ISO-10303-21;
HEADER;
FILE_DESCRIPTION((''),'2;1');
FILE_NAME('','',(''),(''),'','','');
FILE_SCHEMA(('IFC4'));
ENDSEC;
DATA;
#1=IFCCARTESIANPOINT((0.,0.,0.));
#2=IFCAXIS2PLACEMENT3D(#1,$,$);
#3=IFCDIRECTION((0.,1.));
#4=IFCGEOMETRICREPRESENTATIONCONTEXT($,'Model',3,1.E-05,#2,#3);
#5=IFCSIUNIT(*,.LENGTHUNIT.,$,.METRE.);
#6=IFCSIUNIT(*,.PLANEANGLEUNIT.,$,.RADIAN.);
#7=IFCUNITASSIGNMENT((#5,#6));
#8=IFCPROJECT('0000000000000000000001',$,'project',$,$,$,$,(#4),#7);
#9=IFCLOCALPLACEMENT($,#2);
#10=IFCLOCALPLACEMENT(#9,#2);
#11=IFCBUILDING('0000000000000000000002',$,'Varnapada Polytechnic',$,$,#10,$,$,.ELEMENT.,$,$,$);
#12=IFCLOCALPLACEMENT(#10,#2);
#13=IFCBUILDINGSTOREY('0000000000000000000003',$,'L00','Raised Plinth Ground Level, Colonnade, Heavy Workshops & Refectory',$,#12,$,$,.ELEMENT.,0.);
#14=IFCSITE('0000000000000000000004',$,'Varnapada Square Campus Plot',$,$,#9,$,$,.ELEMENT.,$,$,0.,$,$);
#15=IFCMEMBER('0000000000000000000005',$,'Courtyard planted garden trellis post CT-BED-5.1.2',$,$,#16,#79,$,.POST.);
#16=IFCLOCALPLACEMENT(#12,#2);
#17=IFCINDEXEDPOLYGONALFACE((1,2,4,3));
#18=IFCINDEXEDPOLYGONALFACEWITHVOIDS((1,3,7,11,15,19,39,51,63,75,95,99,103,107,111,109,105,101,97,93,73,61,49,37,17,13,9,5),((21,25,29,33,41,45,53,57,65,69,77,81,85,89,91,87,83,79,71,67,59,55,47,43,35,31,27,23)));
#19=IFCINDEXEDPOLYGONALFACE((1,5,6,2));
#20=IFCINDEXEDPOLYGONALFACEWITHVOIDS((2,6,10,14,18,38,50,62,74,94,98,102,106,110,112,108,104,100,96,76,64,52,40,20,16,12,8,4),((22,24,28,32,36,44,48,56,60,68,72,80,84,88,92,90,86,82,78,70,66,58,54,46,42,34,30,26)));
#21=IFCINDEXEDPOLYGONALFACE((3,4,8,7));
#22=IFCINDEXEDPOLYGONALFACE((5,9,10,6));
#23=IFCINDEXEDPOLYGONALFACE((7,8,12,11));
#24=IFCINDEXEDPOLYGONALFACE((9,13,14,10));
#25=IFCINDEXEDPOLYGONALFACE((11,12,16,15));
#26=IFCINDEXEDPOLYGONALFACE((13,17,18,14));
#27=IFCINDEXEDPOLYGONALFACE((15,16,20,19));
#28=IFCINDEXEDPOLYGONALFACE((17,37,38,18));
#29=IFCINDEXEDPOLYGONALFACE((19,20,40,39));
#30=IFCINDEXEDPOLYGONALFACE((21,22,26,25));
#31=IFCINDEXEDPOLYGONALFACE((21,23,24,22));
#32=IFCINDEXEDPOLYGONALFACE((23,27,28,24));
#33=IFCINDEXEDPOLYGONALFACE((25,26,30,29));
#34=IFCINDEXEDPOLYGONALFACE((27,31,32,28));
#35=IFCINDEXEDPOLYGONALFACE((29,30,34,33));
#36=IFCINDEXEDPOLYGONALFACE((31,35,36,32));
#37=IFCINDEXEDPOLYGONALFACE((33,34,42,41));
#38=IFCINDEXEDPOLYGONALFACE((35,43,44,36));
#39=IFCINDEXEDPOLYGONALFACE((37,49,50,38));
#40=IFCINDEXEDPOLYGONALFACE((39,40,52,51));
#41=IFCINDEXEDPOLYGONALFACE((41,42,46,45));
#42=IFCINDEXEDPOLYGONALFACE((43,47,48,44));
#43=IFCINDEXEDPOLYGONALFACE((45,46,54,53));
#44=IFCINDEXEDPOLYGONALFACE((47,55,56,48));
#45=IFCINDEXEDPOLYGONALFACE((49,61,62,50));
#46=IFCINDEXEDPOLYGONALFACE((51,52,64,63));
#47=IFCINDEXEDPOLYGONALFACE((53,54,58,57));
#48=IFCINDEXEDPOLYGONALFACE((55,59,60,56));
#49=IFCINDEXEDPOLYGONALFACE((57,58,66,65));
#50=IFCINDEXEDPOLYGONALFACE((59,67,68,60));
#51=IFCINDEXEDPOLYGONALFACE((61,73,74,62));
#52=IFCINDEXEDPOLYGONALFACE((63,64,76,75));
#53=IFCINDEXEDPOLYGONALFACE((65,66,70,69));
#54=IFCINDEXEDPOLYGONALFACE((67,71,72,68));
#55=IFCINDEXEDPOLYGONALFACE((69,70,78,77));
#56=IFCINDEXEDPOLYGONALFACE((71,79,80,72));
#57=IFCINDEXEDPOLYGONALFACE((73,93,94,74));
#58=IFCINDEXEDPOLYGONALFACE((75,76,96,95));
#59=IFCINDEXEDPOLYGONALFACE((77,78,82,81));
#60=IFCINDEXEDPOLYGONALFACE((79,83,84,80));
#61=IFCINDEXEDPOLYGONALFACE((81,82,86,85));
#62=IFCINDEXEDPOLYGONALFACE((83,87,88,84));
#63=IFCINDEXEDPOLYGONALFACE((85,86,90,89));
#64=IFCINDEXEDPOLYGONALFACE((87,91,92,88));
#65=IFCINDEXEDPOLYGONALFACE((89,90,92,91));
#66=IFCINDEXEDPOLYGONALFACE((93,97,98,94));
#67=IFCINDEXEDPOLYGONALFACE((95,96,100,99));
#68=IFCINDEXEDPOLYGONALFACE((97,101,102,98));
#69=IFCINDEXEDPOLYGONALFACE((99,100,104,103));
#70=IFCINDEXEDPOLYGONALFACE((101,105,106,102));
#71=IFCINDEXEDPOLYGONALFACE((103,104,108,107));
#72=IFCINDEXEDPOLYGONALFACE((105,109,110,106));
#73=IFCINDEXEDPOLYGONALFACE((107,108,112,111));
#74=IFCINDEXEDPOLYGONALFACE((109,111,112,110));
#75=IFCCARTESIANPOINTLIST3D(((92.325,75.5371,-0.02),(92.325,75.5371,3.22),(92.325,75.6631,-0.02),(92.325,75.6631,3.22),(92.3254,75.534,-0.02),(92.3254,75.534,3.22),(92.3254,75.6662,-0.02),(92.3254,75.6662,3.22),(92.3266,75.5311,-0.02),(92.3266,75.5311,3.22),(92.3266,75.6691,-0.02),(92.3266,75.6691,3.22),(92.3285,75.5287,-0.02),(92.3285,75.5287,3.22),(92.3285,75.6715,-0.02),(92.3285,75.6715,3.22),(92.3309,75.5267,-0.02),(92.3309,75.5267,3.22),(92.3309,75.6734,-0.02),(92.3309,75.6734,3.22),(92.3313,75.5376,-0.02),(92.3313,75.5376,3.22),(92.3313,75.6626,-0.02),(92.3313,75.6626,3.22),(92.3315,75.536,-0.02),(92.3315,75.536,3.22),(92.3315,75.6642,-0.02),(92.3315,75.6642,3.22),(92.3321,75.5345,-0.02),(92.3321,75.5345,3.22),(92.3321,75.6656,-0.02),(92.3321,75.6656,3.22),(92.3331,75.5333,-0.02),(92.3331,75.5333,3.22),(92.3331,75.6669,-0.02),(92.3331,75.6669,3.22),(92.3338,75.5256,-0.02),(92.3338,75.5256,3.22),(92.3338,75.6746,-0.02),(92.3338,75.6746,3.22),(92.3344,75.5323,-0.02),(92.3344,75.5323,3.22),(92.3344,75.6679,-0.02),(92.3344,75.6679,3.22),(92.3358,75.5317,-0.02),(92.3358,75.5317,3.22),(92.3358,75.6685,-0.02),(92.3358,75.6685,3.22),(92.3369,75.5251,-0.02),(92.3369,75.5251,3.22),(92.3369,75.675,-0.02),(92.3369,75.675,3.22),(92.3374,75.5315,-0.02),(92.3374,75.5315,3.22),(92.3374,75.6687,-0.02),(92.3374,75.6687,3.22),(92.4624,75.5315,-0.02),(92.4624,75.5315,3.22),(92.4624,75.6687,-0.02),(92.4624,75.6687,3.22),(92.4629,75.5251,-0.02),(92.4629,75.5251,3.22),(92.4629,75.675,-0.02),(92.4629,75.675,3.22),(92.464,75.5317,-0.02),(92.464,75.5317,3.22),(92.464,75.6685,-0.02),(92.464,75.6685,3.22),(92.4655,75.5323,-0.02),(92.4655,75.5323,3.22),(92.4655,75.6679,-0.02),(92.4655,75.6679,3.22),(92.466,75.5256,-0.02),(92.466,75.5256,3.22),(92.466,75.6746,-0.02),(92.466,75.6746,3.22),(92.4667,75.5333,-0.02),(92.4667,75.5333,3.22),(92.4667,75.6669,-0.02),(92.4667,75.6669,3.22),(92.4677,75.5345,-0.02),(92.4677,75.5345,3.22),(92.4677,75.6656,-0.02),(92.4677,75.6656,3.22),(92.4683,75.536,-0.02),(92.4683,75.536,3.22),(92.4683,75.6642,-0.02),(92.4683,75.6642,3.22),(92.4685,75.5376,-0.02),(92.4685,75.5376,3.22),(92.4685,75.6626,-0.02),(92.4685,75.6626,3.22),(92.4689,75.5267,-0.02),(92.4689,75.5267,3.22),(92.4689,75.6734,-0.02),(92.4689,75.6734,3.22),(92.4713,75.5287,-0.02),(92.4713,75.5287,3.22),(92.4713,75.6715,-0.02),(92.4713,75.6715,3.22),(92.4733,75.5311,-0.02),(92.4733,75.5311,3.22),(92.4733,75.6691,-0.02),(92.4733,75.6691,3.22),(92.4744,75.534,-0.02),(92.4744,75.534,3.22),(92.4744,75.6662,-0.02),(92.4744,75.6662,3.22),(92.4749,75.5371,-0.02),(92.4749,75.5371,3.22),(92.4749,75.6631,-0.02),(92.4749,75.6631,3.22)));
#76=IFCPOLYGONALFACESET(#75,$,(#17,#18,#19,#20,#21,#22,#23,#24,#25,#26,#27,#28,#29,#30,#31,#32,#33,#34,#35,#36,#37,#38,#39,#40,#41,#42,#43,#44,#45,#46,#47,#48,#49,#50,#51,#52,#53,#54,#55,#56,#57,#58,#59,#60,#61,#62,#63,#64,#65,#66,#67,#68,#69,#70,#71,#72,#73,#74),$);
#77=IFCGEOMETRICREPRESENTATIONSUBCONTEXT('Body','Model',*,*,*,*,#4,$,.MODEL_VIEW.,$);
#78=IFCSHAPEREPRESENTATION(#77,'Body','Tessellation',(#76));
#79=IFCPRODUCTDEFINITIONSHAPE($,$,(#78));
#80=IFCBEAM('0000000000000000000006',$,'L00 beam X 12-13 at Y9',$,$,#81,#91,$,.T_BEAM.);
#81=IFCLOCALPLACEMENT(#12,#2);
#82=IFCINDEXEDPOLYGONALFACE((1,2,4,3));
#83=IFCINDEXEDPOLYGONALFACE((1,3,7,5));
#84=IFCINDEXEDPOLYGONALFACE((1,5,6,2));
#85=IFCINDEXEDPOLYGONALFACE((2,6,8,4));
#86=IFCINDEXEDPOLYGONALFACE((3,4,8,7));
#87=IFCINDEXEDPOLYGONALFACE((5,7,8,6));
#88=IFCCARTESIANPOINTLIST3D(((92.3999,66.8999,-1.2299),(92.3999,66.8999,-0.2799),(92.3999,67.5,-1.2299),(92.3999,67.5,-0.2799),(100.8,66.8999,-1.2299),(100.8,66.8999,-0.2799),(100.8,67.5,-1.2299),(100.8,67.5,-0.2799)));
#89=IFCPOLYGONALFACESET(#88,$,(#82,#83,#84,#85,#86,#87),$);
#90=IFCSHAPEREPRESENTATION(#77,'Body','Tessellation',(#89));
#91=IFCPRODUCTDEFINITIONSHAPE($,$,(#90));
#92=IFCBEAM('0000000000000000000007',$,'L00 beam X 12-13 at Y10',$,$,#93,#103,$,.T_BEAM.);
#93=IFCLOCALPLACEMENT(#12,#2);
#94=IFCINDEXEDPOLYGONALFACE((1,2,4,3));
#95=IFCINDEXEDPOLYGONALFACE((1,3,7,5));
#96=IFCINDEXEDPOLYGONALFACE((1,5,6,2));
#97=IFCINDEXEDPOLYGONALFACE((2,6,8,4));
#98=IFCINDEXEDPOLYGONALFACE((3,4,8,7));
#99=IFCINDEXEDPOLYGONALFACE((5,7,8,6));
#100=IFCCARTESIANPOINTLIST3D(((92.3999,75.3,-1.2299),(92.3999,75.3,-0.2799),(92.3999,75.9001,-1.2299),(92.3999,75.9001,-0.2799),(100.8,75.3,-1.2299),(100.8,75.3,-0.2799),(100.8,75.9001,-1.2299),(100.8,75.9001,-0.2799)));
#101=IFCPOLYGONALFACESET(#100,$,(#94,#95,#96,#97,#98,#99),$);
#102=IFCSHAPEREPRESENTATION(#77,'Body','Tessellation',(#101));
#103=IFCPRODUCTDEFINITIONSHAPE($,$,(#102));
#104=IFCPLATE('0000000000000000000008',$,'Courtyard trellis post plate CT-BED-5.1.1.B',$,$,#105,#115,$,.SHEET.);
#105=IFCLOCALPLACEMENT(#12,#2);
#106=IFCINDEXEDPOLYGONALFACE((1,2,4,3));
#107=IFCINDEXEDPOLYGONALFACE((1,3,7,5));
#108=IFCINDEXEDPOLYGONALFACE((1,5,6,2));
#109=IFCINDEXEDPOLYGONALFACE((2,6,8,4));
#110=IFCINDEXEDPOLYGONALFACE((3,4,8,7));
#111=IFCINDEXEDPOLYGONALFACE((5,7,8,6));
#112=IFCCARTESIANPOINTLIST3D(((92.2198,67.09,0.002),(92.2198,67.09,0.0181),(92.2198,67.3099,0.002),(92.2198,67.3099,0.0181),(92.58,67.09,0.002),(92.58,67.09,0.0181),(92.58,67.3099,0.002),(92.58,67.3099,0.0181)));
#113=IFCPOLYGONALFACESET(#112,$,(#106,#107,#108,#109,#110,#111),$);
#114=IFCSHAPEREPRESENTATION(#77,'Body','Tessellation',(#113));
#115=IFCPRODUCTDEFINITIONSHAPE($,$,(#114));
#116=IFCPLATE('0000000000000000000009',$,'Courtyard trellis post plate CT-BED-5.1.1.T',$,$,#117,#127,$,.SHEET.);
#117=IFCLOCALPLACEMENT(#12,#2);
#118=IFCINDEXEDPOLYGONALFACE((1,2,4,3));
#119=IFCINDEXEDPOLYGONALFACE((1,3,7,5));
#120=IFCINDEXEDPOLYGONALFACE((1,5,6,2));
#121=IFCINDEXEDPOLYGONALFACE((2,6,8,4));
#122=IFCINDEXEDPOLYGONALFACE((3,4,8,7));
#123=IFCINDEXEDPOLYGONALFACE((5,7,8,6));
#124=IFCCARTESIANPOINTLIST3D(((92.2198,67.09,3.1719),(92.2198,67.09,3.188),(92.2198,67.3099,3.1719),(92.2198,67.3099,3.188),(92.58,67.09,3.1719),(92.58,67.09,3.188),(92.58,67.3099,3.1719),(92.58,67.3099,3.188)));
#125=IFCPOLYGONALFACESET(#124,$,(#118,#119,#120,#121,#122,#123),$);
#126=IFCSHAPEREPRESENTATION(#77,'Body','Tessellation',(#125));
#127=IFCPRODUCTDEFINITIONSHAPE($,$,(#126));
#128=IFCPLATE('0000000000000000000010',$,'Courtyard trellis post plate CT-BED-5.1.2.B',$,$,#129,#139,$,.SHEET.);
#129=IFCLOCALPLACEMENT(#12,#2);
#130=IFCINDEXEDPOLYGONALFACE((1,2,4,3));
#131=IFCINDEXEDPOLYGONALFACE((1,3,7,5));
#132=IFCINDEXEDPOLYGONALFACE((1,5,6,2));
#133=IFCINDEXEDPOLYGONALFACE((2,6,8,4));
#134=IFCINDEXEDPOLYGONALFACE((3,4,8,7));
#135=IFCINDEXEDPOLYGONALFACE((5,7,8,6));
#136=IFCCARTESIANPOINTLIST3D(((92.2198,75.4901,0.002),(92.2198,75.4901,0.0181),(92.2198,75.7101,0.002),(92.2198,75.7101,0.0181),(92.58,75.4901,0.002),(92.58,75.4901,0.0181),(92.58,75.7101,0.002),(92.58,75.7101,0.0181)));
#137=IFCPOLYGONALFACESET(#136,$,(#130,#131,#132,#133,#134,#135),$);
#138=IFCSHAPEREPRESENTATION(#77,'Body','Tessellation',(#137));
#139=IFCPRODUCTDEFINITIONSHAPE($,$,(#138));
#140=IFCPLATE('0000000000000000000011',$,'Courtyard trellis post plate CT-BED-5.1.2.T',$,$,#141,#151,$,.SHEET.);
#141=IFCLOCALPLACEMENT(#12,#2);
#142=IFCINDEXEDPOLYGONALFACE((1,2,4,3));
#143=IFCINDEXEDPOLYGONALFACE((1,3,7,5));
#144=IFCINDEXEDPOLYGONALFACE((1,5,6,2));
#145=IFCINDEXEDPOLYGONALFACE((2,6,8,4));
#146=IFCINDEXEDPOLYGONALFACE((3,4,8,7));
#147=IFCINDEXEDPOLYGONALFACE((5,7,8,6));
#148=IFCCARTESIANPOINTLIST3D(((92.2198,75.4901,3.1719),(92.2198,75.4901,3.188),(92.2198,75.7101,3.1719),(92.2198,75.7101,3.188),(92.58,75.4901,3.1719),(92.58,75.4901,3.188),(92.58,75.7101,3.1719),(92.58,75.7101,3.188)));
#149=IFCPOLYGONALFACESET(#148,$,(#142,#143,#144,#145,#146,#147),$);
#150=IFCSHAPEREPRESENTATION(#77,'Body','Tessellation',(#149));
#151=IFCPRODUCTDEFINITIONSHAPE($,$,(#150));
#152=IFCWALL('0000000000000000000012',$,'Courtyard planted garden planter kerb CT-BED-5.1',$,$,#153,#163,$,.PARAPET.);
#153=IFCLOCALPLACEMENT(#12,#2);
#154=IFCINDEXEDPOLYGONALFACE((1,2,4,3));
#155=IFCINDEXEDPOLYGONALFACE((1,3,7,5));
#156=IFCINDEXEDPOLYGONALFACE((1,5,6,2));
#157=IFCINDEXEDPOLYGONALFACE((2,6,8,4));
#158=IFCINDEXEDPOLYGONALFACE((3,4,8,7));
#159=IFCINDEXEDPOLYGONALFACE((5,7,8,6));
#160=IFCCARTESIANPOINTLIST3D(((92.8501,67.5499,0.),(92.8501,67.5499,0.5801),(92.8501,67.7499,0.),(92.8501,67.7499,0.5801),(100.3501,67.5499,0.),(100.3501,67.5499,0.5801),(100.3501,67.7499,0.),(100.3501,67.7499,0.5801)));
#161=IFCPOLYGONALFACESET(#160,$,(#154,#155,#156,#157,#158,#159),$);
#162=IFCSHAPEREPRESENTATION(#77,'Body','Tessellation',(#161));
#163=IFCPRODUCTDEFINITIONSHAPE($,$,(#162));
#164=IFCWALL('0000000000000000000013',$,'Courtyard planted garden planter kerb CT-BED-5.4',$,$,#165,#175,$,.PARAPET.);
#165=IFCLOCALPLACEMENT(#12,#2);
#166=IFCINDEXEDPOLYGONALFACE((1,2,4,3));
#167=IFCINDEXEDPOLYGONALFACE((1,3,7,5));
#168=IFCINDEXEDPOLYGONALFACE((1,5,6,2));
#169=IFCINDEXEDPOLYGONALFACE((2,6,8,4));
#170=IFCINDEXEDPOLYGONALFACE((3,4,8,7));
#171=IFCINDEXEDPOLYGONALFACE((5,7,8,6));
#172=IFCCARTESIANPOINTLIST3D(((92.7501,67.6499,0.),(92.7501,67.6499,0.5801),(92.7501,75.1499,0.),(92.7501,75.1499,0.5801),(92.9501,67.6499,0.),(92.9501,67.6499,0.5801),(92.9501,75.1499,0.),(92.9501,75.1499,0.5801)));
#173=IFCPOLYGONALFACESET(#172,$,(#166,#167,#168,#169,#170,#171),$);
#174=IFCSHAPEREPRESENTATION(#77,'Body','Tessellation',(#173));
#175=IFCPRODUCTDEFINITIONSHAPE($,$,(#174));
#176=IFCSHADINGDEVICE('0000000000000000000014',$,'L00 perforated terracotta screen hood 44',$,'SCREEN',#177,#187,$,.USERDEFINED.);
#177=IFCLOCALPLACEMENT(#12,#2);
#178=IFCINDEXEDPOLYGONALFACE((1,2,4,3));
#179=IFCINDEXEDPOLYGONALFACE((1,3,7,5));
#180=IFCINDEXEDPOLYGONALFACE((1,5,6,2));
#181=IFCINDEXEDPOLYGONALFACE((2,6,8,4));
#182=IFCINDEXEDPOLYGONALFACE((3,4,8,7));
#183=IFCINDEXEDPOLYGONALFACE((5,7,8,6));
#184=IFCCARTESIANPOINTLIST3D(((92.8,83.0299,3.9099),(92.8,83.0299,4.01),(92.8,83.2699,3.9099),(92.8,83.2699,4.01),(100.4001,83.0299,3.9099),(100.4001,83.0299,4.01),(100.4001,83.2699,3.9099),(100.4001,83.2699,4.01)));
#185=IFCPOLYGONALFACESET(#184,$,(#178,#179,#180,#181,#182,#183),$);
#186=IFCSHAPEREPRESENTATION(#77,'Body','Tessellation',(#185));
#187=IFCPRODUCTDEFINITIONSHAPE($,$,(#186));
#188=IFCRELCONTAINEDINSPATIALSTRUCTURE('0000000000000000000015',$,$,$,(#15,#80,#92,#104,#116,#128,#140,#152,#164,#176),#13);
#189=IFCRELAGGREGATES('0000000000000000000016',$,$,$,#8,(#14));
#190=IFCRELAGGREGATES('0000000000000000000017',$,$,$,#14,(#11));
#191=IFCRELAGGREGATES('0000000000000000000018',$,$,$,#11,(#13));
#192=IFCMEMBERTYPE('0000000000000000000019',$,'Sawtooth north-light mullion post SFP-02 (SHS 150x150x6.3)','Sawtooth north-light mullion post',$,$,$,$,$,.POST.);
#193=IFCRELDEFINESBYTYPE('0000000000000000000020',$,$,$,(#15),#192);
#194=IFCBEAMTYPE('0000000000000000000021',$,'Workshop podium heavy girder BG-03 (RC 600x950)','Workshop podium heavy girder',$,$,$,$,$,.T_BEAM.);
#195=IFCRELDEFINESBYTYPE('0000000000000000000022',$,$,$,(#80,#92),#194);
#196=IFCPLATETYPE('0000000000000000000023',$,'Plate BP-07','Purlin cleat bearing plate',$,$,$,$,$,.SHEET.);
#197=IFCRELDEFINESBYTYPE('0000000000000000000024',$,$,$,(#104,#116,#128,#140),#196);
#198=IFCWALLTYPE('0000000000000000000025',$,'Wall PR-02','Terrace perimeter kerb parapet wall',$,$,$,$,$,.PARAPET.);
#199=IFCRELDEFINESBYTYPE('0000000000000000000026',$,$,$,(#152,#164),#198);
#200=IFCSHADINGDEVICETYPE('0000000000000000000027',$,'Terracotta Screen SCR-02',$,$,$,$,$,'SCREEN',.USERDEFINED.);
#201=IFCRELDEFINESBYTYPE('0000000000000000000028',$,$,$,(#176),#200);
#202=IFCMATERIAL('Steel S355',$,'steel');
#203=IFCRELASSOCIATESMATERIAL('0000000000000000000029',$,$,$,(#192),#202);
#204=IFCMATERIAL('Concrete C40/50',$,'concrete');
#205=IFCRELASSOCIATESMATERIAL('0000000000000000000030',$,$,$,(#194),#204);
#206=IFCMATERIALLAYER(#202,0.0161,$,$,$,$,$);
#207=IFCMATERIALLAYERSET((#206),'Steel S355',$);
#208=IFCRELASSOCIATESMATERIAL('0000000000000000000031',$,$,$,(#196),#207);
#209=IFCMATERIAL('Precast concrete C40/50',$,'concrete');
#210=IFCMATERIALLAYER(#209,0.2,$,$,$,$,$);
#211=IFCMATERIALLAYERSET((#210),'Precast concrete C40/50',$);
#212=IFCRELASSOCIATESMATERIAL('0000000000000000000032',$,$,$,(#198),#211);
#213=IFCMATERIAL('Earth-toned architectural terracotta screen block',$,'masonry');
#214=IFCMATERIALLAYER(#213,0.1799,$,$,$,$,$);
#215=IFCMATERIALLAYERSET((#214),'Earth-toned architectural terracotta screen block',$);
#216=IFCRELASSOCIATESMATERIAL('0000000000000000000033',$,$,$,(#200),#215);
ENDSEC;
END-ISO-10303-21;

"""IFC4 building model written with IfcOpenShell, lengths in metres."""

from ifc_helpers import new_model, si_unit, direction, frame, frame_2d, origin, origin_2d, place, context, subcontext, project, spatial, rectangle, hollow_rectangle, extrude, material, layer, layer_set, material_profile, profile_set, type_object, element, save


model = new_model("IFC4")

# Units and contexts
model_context = context("Model", 3, precision=1e-05, world=origin(), true_north=direction((0.0, 1.0)))
body_context = subcontext(model_context, "Body", "Model", "MODEL_VIEW")
ifc_project = project(units=[si_unit("LENGTHUNIT", "METRE"), si_unit("PLANEANGLEUNIT", "RADIAN")], contexts=[model_context])

# Site, building, storey
site_placement = place(None, origin())
site = spatial("IfcSite", under=ifc_project, at=site_placement, Name="Varnapada Square Campus Plot", CompositionType="ELEMENT", RefElevation=0.0)
building_placement = place(site_placement, origin())
building = spatial("IfcBuilding", under=site, at=building_placement, Name="Varnapada Polytechnic", CompositionType="ELEMENT")
storey_placement = place(building_placement, origin())
storey = spatial("IfcBuildingStorey", under=building, at=storey_placement, Name="L00", Description="Raised Plinth Ground Level, Colonnade, Heavy Workshops & Refectory", CompositionType="ELEMENT", Elevation=0.0)

# Shared definitions
ifc_material_1 = material(Name="Concrete C40/50", Category="concrete")

# Shared definitions
ifc_material_2 = material(Name="Steel S355", Category="steel")

# Member
ifc_material_profile_1 = material_profile(ifc_material_2, hollow_rectangle(XDim=0.1499, YDim=0.1499, WallThickness=0.0063, InnerFilletRadius=0.0061, OuterFilletRadius=0.012, at=origin_2d()), Name="SHS 150x150x6.3")
ifc_profile_set_1 = profile_set([ifc_material_profile_1], Name="Steel S355")
member_type_1 = type_object("IfcMemberType", Name="Sawtooth north-light mullion post SFP-02 (SHS 150x150x6.3)", Description="Sawtooth north-light mullion post", PredefinedType="POST", material=ifc_profile_set_1)
for number, where, z_axis, x_axis, name in (
    (1, (92.3999, 75.6001, -0.02), (0.0, 0.0, 1.0), (1.0, 0.0, 0.0), "Courtyard planted garden trellis post CT-BED-5.1.2"),
):
    element("IfcMember", number, at=place(storey_placement, frame(where, z_axis=z_axis, x_axis=x_axis)), inside=storey, type_object=member_type_1, Name=name, PredefinedType="POST", context=body_context, shape_type="SweptSolid", body=[
        extrude(hollow_rectangle(XDim=0.1499, YDim=0.1499, WallThickness=0.0063, InnerFilletRadius=0.0061, OuterFilletRadius=0.012, at=origin_2d()), origin(), (0.0, 0.0, 1.0), 3.24),
    ])

# Beams
ifc_material_profile_2 = material_profile(ifc_material_1, rectangle(XDim=0.6001, YDim=0.95, at=origin_2d()), Name="RC 600x950")
ifc_profile_set_2 = profile_set([ifc_material_profile_2], Name="Concrete C40/50")
beam_type_1 = type_object("IfcBeamType", Name="Workshop podium heavy girder BG-03 (RC 600x950)", Description="Workshop podium heavy girder", PredefinedType="T_BEAM", material=ifc_profile_set_2)
for number, where, z_axis, x_axis, name in (
    (2, (92.3999, 67.2, -0.7549), (1.0, 0.0, 0.0), (0.0, 1.0, 0.0), "L00 beam X 12-13 at Y9"),
    (3, (92.3999, 75.6001, -0.7549), (1.0, 0.0, 0.0), (0.0, 1.0, 0.0), "L00 beam X 12-13 at Y10"),
):
    element("IfcBeam", number, at=place(storey_placement, frame(where, z_axis=z_axis, x_axis=x_axis)), inside=storey, type_object=beam_type_1, Name=name, PredefinedType="T_BEAM", context=body_context, shape_type="SweptSolid", body=[
        extrude(rectangle(XDim=0.6001, YDim=0.95, at=origin_2d()), origin(), (0.0, 0.0, 1.0), 8.4001),
    ])

# Plates
ifc_layer_1 = layer(ifc_material_2, 0.0161)
ifc_layer_set_1 = layer_set([ifc_layer_1], Name="Steel S355")
plate_type = type_object("IfcPlateType", Name="Plate BP-07", Description="Purlin cleat bearing plate", PredefinedType="SHEET", material=ifc_layer_set_1)
for number, where, z_axis, x_axis, name in (
    (4, (92.3999, 67.2, 0.002), (0.0, 0.0, 1.0), (1.0, 0.0, 0.0), "Courtyard trellis post plate CT-BED-5.1.1.B"),
    (5, (92.3999, 67.2, 3.1719), (0.0, 0.0, 1.0), (1.0, 0.0, 0.0), "Courtyard trellis post plate CT-BED-5.1.1.T"),
    (6, (92.3999, 75.6001, 0.002), (0.0, 0.0, 1.0), (1.0, 0.0, 0.0), "Courtyard trellis post plate CT-BED-5.1.2.B"),
    (7, (92.3999, 75.6001, 3.1719), (0.0, 0.0, 1.0), (1.0, 0.0, 0.0), "Courtyard trellis post plate CT-BED-5.1.2.T"),
):
    element("IfcPlate", number, at=place(storey_placement, frame(where, z_axis=z_axis, x_axis=x_axis)), inside=storey, type_object=plate_type, Name=name, PredefinedType="SHEET", context=body_context, shape_type="SweptSolid", body=[
        extrude(rectangle(XDim=0.3601, YDim=0.22, at=origin_2d()), origin(), (0.0, 0.0, 1.0), 0.0161),
    ])

# Walls
ifc_material_3 = material(Name="Precast concrete C40/50", Category="concrete")
ifc_layer_2 = layer(ifc_material_3, 0.2)
ifc_layer_set_2 = layer_set([ifc_layer_2], Name="Precast concrete C40/50")
wall_type = type_object("IfcWallType", Name="Wall PR-02", Description="Terrace perimeter kerb parapet wall", PredefinedType="PARAPET", material=ifc_layer_set_2)
for number, where, z_axis, x_axis, name in (
    (8, (92.8501, 67.6499, 0.0), (0.0, 0.0, 1.0), (1.0, 0.0, 0.0), "Courtyard planted garden planter kerb CT-BED-5.1"),
    (9, (92.8501, 75.1499, 0.0), (0.0, 0.0, 1.0), (0.0, -1.0, 0.0), "Courtyard planted garden planter kerb CT-BED-5.4"),
):
    element("IfcWall", number, at=place(storey_placement, frame(where, z_axis=z_axis, x_axis=x_axis)), inside=storey, type_object=wall_type, Name=name, PredefinedType="PARAPET", context=body_context, shape_type="SweptSolid", body=[
        extrude(rectangle(XDim=7.5, YDim=0.2, at=frame_2d((3.75, 0.0))), origin(), (0.0, 0.0, 1.0), 0.5801),
    ])

# Shading device
ifc_material_4 = material(Name="Earth-toned architectural terracotta screen block", Category="masonry")
ifc_layer_3 = layer(ifc_material_4, 0.1799)
ifc_layer_set_3 = layer_set([ifc_layer_3], Name="Earth-toned architectural terracotta screen block")
shading_device_type = type_object("IfcShadingDeviceType", Name="Terracotta Screen SCR-02", ElementType="SCREEN", PredefinedType="USERDEFINED", material=ifc_layer_set_3)
shading_device_placement = place(storey_placement, frame((96.6001, 83.1499, 3.9099), z_axis=(0.0, 0.0, 1.0), x_axis=(-1.0, 0.0, 0.0)))
element("IfcShadingDevice", 10, at=shading_device_placement, inside=storey, type_object=shading_device_type, Name="L00 perforated terracotta screen hood 44", ObjectType="SCREEN", PredefinedType="USERDEFINED", context=body_context, shape_type="SweptSolid", body=[
    extrude(rectangle(XDim=7.6001, YDim=0.24, at=origin_2d()), origin(), (0.0, 0.0, 1.0), 0.1001),
])

save(model, "model.ifc")
